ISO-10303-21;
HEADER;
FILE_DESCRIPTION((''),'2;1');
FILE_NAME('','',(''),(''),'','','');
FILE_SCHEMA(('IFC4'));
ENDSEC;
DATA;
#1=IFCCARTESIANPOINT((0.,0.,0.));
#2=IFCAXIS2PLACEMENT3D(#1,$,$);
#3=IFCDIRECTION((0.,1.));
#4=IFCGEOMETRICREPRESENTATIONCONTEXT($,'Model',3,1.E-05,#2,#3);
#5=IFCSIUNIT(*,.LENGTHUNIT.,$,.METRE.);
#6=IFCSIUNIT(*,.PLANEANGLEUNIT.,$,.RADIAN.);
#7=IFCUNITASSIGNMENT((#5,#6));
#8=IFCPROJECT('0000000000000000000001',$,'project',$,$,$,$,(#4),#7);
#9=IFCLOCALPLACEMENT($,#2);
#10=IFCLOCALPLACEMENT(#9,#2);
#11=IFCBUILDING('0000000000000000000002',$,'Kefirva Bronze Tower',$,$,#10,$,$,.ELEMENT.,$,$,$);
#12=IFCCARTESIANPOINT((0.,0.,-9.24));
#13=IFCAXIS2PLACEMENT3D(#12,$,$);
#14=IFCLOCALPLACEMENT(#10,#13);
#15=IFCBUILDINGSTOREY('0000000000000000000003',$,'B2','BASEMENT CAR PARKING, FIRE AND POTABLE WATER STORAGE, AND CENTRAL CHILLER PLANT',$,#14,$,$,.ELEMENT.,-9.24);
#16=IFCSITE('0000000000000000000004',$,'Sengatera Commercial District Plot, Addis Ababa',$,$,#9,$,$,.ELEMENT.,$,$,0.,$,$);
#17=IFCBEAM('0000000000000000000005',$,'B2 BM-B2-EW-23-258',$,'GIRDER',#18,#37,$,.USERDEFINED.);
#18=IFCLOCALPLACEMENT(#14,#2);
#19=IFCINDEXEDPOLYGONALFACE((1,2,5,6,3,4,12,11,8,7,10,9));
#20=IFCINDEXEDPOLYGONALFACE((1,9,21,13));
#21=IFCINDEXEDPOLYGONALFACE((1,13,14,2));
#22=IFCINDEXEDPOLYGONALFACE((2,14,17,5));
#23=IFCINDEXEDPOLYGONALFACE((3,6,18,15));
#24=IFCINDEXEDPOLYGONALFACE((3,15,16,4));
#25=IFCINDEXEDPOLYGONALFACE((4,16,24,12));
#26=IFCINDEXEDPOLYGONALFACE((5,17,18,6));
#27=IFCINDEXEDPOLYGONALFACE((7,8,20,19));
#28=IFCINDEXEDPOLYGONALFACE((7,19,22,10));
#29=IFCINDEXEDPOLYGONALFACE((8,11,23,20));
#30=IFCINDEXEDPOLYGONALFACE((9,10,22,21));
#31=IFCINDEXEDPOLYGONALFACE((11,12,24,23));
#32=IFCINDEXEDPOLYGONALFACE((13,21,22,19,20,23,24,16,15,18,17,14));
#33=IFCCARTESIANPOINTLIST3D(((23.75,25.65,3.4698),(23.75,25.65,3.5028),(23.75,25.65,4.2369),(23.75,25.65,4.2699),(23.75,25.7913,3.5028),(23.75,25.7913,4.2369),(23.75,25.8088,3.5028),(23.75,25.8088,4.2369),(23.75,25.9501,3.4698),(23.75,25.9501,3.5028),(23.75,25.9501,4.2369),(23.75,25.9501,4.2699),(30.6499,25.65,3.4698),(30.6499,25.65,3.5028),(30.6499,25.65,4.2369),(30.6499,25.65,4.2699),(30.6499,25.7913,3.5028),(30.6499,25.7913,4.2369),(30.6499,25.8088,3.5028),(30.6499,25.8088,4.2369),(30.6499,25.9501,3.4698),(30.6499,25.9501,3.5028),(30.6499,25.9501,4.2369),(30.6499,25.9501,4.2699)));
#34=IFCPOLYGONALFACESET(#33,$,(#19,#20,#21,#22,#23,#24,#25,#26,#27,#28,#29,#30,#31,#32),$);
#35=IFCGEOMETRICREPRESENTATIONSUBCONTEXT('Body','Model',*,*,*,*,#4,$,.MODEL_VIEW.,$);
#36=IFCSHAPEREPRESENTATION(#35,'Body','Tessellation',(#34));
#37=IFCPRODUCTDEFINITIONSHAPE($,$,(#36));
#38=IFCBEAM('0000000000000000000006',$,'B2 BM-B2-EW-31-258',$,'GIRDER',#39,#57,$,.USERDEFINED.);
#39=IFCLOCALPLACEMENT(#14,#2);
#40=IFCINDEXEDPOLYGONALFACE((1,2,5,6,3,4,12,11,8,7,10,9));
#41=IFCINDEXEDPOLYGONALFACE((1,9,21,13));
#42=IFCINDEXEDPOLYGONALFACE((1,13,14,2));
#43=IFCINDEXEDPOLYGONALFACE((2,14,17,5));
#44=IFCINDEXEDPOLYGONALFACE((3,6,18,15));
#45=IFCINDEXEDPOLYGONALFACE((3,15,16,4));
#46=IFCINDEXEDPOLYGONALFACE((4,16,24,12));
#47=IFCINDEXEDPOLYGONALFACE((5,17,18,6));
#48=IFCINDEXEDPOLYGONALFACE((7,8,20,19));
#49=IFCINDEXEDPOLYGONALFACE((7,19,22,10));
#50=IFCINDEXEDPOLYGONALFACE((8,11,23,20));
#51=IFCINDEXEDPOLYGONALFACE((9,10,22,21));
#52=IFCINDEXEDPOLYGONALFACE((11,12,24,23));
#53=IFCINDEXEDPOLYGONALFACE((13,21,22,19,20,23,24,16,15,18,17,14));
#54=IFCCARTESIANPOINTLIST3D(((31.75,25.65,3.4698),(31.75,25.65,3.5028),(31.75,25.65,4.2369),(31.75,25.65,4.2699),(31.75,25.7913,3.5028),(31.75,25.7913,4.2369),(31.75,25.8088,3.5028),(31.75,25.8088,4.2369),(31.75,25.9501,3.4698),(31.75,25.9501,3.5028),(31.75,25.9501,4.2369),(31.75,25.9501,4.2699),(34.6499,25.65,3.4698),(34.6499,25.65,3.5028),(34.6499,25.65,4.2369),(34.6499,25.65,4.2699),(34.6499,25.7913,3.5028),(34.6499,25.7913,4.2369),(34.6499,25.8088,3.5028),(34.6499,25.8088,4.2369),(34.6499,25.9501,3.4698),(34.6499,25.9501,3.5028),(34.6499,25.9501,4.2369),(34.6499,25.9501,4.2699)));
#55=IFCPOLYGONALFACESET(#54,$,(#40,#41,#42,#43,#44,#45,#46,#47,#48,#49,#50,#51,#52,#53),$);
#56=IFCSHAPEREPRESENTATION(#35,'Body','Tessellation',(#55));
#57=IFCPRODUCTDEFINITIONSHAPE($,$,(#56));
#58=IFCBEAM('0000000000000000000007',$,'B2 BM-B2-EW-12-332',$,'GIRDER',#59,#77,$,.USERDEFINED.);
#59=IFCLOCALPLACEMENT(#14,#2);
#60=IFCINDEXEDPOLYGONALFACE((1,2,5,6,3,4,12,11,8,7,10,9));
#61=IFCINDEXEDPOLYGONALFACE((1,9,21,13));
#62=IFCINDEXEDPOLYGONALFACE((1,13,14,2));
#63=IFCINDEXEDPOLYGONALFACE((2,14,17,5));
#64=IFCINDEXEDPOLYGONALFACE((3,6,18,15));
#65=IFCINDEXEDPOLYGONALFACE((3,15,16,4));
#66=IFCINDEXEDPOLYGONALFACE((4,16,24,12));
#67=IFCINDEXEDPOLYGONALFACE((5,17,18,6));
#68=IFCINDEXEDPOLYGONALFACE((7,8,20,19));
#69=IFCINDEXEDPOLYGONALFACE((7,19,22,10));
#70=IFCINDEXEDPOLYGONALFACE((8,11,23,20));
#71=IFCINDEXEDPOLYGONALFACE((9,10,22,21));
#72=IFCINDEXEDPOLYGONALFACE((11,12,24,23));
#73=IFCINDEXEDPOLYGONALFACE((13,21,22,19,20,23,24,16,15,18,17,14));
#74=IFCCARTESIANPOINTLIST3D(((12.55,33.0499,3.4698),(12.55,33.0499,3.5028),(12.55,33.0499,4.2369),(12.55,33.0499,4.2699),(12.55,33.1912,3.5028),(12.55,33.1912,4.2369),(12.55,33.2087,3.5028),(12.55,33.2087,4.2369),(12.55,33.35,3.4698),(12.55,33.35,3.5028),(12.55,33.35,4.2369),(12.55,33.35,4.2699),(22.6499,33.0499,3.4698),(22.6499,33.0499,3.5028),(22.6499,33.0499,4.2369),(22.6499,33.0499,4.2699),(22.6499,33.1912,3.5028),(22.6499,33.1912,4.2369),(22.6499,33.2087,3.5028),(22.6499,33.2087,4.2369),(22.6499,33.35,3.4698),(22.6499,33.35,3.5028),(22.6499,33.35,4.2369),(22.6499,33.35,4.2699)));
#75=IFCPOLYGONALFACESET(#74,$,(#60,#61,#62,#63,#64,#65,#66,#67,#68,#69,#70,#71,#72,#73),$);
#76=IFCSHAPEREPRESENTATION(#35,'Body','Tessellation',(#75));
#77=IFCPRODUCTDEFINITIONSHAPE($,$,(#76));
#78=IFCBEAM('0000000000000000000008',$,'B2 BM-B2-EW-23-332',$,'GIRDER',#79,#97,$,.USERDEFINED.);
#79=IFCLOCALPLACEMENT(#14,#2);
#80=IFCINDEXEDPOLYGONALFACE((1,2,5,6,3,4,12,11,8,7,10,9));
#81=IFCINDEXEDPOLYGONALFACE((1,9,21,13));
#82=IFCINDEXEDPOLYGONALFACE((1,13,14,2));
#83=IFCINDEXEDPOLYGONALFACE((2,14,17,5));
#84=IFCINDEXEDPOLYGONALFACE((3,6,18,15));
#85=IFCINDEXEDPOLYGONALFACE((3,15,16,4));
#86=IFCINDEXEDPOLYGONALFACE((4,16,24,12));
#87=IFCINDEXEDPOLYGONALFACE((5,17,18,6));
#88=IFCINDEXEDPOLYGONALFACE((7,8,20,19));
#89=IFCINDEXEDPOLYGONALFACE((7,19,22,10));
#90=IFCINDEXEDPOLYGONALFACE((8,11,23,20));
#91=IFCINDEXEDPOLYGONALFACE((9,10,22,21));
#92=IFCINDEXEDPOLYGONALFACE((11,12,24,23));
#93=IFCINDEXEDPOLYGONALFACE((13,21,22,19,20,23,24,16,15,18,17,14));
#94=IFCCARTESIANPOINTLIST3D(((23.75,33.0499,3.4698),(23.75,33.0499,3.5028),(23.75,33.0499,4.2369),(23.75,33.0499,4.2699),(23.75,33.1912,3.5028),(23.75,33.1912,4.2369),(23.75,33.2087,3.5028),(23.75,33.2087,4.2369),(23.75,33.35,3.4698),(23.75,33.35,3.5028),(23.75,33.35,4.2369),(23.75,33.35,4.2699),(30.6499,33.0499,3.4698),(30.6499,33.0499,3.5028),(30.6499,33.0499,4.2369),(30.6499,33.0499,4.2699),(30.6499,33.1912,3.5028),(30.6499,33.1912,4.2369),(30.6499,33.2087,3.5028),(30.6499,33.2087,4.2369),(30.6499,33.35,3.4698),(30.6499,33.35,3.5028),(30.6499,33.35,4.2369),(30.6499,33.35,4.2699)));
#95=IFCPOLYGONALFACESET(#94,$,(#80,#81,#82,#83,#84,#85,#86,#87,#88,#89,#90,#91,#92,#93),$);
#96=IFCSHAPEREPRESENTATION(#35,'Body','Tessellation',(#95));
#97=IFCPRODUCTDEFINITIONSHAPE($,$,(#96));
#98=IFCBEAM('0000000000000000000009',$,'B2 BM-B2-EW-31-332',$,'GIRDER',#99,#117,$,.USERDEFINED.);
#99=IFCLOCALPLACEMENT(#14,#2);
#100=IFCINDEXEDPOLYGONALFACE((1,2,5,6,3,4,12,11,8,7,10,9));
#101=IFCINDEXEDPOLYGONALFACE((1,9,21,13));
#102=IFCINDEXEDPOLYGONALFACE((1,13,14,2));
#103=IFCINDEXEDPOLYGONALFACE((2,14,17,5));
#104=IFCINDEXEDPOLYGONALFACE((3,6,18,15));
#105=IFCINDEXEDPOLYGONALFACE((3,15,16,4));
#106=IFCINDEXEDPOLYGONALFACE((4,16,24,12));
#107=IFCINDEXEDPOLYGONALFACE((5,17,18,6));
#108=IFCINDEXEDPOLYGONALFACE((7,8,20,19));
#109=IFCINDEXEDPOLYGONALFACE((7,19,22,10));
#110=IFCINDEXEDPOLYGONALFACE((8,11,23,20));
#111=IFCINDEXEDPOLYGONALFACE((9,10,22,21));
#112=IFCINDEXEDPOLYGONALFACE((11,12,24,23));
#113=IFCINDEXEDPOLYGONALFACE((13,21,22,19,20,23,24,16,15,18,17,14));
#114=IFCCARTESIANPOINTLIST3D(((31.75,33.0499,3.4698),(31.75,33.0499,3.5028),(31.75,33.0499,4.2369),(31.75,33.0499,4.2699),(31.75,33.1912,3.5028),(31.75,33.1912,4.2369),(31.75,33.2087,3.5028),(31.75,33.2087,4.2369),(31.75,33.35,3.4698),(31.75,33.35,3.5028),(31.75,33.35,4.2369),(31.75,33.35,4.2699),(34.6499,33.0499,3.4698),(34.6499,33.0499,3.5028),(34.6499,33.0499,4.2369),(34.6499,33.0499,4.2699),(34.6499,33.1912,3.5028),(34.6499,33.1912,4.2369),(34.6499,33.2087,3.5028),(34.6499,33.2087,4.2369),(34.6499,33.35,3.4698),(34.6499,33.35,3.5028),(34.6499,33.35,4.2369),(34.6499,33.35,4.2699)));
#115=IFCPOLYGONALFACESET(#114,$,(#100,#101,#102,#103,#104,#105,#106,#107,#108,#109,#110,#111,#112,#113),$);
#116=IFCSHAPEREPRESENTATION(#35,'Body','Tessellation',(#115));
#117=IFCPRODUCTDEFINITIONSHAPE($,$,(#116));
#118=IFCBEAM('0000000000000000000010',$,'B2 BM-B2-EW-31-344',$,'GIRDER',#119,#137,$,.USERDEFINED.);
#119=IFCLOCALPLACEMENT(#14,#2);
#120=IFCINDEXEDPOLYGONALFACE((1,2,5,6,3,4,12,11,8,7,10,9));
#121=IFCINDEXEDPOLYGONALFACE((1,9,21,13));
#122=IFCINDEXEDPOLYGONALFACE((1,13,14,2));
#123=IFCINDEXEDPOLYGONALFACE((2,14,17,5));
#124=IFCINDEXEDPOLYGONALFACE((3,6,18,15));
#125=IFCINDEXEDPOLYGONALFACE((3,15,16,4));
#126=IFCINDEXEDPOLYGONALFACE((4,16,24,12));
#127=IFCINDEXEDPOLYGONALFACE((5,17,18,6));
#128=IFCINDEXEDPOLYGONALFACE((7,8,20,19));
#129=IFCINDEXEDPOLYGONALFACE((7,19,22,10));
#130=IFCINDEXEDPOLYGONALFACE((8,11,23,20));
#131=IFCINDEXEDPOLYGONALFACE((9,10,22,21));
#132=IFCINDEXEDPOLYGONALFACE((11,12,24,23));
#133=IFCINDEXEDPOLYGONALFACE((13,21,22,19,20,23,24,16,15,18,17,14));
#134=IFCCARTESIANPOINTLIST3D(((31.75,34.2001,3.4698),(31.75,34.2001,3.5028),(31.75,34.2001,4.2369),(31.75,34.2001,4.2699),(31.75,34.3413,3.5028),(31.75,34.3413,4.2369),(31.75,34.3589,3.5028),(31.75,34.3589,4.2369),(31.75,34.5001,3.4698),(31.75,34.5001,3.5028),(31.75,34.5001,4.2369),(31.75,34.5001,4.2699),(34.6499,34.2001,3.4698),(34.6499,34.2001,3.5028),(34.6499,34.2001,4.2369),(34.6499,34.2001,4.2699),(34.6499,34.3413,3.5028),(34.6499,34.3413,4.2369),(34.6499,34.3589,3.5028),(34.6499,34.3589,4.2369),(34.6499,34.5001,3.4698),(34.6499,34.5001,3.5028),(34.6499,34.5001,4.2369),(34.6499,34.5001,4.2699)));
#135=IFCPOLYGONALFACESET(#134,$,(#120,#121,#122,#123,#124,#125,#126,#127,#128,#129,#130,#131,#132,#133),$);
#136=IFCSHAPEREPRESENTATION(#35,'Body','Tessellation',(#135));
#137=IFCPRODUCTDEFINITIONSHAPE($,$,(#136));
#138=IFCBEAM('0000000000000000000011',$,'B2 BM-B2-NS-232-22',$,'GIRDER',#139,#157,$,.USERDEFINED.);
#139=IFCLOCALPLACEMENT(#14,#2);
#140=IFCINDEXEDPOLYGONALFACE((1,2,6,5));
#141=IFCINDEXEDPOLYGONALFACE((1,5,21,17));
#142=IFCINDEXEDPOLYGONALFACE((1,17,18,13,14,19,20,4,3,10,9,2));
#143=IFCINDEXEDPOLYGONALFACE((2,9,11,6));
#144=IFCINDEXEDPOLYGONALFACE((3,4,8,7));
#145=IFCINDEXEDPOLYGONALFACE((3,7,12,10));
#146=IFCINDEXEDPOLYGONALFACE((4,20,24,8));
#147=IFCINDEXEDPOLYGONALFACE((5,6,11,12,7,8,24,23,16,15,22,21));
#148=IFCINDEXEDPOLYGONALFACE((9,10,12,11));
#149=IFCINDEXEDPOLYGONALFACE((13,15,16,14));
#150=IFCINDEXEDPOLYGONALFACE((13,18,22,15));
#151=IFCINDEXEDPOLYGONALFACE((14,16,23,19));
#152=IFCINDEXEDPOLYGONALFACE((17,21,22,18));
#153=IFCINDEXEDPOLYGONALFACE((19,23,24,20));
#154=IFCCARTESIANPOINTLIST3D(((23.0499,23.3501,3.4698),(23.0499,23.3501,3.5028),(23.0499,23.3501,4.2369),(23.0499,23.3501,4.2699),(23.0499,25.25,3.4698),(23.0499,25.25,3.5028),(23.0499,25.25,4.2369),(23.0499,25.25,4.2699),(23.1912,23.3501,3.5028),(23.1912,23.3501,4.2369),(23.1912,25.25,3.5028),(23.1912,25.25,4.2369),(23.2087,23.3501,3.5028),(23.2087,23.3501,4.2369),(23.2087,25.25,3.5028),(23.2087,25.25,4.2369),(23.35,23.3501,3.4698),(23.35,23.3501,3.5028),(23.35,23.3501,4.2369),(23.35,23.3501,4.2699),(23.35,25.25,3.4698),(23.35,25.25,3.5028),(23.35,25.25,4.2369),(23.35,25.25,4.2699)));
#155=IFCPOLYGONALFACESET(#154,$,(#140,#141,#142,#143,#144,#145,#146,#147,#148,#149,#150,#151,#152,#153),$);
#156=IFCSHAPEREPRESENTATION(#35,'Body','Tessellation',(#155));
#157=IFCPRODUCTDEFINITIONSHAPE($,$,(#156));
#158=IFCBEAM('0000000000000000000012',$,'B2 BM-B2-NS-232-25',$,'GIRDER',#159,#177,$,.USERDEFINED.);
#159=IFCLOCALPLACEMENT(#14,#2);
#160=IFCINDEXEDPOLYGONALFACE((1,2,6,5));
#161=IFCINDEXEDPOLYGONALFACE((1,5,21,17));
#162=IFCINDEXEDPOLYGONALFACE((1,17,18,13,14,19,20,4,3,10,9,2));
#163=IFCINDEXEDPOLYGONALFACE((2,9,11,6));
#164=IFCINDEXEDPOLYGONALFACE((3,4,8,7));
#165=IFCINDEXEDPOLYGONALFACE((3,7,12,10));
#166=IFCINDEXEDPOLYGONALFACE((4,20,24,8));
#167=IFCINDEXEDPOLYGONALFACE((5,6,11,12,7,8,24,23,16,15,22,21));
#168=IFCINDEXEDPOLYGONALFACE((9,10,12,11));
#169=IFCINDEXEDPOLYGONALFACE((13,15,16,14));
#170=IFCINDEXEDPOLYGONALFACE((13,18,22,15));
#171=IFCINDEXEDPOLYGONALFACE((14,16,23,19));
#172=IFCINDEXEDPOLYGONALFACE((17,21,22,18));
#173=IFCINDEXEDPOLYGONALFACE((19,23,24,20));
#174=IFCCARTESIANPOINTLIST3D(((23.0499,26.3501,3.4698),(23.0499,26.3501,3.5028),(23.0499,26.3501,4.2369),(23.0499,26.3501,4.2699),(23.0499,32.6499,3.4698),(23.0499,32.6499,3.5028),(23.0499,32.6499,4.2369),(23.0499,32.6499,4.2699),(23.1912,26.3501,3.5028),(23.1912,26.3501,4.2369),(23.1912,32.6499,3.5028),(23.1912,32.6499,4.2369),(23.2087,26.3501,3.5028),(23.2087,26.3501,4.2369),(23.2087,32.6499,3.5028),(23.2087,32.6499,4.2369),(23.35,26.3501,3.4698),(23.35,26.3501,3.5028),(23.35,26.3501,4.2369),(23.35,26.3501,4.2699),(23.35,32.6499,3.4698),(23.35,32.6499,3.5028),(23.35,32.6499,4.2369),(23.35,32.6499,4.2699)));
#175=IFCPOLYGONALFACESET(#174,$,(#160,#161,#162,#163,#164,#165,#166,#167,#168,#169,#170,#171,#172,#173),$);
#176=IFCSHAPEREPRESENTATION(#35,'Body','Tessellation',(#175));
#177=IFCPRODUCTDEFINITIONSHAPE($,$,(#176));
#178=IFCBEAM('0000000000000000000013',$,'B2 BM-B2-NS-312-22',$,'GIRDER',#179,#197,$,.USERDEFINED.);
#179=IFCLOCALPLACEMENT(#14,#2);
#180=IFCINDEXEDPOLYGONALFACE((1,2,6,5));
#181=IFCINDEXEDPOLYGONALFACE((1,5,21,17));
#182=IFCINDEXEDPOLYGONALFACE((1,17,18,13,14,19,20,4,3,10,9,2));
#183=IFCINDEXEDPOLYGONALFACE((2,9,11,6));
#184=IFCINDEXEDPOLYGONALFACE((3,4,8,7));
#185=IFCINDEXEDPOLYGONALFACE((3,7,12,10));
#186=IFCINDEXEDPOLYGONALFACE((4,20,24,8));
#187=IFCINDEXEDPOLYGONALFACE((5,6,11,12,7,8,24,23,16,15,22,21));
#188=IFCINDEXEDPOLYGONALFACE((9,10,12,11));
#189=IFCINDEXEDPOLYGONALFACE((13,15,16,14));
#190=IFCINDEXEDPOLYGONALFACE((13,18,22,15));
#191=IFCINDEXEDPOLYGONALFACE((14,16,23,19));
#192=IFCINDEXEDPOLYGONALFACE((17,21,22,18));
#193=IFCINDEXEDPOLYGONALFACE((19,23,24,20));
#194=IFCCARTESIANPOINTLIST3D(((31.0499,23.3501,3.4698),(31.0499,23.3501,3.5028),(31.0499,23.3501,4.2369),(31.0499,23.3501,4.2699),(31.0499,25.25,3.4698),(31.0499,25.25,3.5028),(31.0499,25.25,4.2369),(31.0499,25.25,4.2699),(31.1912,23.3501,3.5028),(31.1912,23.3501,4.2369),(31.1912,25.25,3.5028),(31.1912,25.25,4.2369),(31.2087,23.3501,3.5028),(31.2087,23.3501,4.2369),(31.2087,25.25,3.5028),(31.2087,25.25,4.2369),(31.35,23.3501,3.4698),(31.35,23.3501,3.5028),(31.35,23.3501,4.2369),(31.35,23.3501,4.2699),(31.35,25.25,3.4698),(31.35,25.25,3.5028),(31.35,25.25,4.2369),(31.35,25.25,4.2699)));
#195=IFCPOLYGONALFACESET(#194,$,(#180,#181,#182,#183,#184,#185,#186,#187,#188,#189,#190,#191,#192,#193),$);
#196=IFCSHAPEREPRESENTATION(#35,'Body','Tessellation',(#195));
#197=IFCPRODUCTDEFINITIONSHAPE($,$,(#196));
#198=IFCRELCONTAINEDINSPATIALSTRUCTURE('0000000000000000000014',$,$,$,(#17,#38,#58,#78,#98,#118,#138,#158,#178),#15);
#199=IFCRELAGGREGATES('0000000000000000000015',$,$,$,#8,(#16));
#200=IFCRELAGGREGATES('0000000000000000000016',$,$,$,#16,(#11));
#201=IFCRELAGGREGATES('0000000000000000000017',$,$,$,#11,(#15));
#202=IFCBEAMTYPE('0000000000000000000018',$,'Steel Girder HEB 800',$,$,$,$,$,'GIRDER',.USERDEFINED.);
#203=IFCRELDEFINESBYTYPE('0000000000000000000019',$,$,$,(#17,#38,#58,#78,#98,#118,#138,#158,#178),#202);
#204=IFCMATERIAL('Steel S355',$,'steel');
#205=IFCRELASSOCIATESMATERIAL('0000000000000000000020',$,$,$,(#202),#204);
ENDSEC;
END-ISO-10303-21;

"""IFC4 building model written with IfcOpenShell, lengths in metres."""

from ifc_helpers import new_model, si_unit, direction, frame, origin, origin_2d, place, context, subcontext, project, spatial, i_section, extrude, material, material_profile, profile_set, type_object, element, save


model = new_model("IFC4")

# Units and contexts
model_context = context("Model", 3, precision=1e-05, world=origin(), true_north=direction((0.0, 1.0)))
body_context = subcontext(model_context, "Body", "Model", "MODEL_VIEW")
ifc_project = project(units=[si_unit("LENGTHUNIT", "METRE"), si_unit("PLANEANGLEUNIT", "RADIAN")], contexts=[model_context])

# Site, building, storey
site_placement = place(None, origin())
site = spatial("IfcSite", under=ifc_project, at=site_placement, Name="Sengatera Commercial District Plot, Addis Ababa", CompositionType="ELEMENT", RefElevation=0.0)
building_placement = place(site_placement, origin())
building = spatial("IfcBuilding", under=site, at=building_placement, Name="Kefirva Bronze Tower", CompositionType="ELEMENT")
storey_placement = place(building_placement, frame((0.0, 0.0, -9.24)))
storey = spatial("IfcBuildingStorey", under=building, at=storey_placement, Name="B2", Description="BASEMENT CAR PARKING, FIRE AND POTABLE WATER STORAGE, AND CENTRAL CHILLER PLANT", CompositionType="ELEMENT", Elevation=-9.24)

# Beams
ifc_material_1 = material(Name="Steel S355", Category="steel")
ifc_material_profile_1 = material_profile(ifc_material_1, i_section(OverallWidth=0.3, OverallDepth=0.8, WebThickness=0.0176, FlangeThickness=0.033, at=origin_2d()), Name="HEB 800")
ifc_profile_set_1 = profile_set([ifc_material_profile_1], Name="Steel S355")
beam_type_1 = type_object("IfcBeamType", Name="Steel Girder HEB 800", ElementType="GIRDER", PredefinedType="USERDEFINED", material=ifc_profile_set_1)
beam_1_placement = place(storey_placement, frame((23.75, 25.8, 3.8699), z_axis=(1.0, 0.0, 0.0), x_axis=(0.0, 1.0, 0.0)))
element("IfcBeam", 1, at=beam_1_placement, inside=storey, type_object=beam_type_1, Name="B2 BM-B2-EW-23-258", ObjectType="GIRDER", PredefinedType="USERDEFINED", context=body_context, shape_type="SweptSolid", body=[
    extrude(i_section(OverallWidth=0.3, OverallDepth=0.8, WebThickness=0.0176, FlangeThickness=0.033, at=origin_2d()), origin(), (0.0, 0.0, 1.0), 6.8999),
])
beam_2_placement = place(storey_placement, frame((31.75, 25.8, 3.8699), z_axis=(1.0, 0.0, 0.0), x_axis=(0.0, 1.0, 0.0)))
element("IfcBeam", 2, at=beam_2_placement, inside=storey, type_object=beam_type_1, Name="B2 BM-B2-EW-31-258", ObjectType="GIRDER", PredefinedType="USERDEFINED", context=body_context, shape_type="SweptSolid", body=[
    extrude(i_section(OverallWidth=0.3, OverallDepth=0.8, WebThickness=0.0176, FlangeThickness=0.033, at=origin_2d()), origin(), (0.0, 0.0, 1.0), 2.8999),
])
beam_3_placement = place(storey_placement, frame((12.55, 33.2, 3.8699), z_axis=(1.0, 0.0, 0.0), x_axis=(0.0, 1.0, 0.0)))
element("IfcBeam", 3, at=beam_3_placement, inside=storey, type_object=beam_type_1, Name="B2 BM-B2-EW-12-332", ObjectType="GIRDER", PredefinedType="USERDEFINED", context=body_context, shape_type="SweptSolid", body=[
    extrude(i_section(OverallWidth=0.3, OverallDepth=0.8, WebThickness=0.0176, FlangeThickness=0.033, at=origin_2d()), origin(), (0.0, 0.0, 1.0), 10.0999),
])
beam_4_placement = place(storey_placement, frame((23.75, 33.2, 3.8699), z_axis=(1.0, 0.0, 0.0), x_axis=(0.0, 1.0, 0.0)))
element("IfcBeam", 4, at=beam_4_placement, inside=storey, type_object=beam_type_1, Name="B2 BM-B2-EW-23-332", ObjectType="GIRDER", PredefinedType="USERDEFINED", context=body_context, shape_type="SweptSolid", body=[
    extrude(i_section(OverallWidth=0.3, OverallDepth=0.8, WebThickness=0.0176, FlangeThickness=0.033, at=origin_2d()), origin(), (0.0, 0.0, 1.0), 6.8999),
])
for number, where, z_axis, x_axis, name in (
    (5, (31.75, 33.2, 3.8699), (1.0, 0.0, 0.0), (0.0, 1.0, 0.0), "B2 BM-B2-EW-31-332"),
    (6, (31.75, 34.3501, 3.8699), (1.0, 0.0, 0.0), (0.0, 1.0, 0.0), "B2 BM-B2-EW-31-344"),
):
    element("IfcBeam", number, at=place(storey_placement, frame(where, z_axis=z_axis, x_axis=x_axis)), inside=storey, type_object=beam_type_1, Name=name, ObjectType="GIRDER", PredefinedType="USERDEFINED", context=body_context, shape_type="SweptSolid", body=[
        extrude(i_section(OverallWidth=0.3, OverallDepth=0.8, WebThickness=0.0176, FlangeThickness=0.033, at=origin_2d()), origin(), (0.0, 0.0, 1.0), 2.8999),
    ])
beam_5_placement = place(storey_placement, frame((23.2, 23.3501, 3.8699), z_axis=(0.0, 1.0, 0.0), x_axis=(-1.0, 0.0, 0.0)))
element("IfcBeam", 7, at=beam_5_placement, inside=storey, type_object=beam_type_1, Name="B2 BM-B2-NS-232-22", ObjectType="GIRDER", PredefinedType="USERDEFINED", context=body_context, shape_type="SweptSolid", body=[
    extrude(i_section(OverallWidth=0.3, OverallDepth=0.8, WebThickness=0.0176, FlangeThickness=0.033, at=origin_2d()), origin(), (0.0, 0.0, 1.0), 1.8999),
])
beam_6_placement = place(storey_placement, frame((23.2, 26.3501, 3.8699), z_axis=(0.0, 1.0, 0.0), x_axis=(-1.0, 0.0, 0.0)))
element("IfcBeam", 8, at=beam_6_placement, inside=storey, type_object=beam_type_1, Name="B2 BM-B2-NS-232-25", ObjectType="GIRDER", PredefinedType="USERDEFINED", context=body_context, shape_type="SweptSolid", body=[
    extrude(i_section(OverallWidth=0.3, OverallDepth=0.8, WebThickness=0.0176, FlangeThickness=0.033, at=origin_2d()), origin(), (0.0, 0.0, 1.0), 6.2998),
])
beam_7_placement = place(storey_placement, frame((31.2, 23.3501, 3.8699), z_axis=(0.0, 1.0, 0.0), x_axis=(-1.0, 0.0, 0.0)))
element("IfcBeam", 9, at=beam_7_placement, inside=storey, type_object=beam_type_1, Name="B2 BM-B2-NS-312-22", ObjectType="GIRDER", PredefinedType="USERDEFINED", context=body_context, shape_type="SweptSolid", body=[
    extrude(i_section(OverallWidth=0.3, OverallDepth=0.8, WebThickness=0.0176, FlangeThickness=0.033, at=origin_2d()), origin(), (0.0, 0.0, 1.0), 1.8999),
])

save(model, "model.ifc")
